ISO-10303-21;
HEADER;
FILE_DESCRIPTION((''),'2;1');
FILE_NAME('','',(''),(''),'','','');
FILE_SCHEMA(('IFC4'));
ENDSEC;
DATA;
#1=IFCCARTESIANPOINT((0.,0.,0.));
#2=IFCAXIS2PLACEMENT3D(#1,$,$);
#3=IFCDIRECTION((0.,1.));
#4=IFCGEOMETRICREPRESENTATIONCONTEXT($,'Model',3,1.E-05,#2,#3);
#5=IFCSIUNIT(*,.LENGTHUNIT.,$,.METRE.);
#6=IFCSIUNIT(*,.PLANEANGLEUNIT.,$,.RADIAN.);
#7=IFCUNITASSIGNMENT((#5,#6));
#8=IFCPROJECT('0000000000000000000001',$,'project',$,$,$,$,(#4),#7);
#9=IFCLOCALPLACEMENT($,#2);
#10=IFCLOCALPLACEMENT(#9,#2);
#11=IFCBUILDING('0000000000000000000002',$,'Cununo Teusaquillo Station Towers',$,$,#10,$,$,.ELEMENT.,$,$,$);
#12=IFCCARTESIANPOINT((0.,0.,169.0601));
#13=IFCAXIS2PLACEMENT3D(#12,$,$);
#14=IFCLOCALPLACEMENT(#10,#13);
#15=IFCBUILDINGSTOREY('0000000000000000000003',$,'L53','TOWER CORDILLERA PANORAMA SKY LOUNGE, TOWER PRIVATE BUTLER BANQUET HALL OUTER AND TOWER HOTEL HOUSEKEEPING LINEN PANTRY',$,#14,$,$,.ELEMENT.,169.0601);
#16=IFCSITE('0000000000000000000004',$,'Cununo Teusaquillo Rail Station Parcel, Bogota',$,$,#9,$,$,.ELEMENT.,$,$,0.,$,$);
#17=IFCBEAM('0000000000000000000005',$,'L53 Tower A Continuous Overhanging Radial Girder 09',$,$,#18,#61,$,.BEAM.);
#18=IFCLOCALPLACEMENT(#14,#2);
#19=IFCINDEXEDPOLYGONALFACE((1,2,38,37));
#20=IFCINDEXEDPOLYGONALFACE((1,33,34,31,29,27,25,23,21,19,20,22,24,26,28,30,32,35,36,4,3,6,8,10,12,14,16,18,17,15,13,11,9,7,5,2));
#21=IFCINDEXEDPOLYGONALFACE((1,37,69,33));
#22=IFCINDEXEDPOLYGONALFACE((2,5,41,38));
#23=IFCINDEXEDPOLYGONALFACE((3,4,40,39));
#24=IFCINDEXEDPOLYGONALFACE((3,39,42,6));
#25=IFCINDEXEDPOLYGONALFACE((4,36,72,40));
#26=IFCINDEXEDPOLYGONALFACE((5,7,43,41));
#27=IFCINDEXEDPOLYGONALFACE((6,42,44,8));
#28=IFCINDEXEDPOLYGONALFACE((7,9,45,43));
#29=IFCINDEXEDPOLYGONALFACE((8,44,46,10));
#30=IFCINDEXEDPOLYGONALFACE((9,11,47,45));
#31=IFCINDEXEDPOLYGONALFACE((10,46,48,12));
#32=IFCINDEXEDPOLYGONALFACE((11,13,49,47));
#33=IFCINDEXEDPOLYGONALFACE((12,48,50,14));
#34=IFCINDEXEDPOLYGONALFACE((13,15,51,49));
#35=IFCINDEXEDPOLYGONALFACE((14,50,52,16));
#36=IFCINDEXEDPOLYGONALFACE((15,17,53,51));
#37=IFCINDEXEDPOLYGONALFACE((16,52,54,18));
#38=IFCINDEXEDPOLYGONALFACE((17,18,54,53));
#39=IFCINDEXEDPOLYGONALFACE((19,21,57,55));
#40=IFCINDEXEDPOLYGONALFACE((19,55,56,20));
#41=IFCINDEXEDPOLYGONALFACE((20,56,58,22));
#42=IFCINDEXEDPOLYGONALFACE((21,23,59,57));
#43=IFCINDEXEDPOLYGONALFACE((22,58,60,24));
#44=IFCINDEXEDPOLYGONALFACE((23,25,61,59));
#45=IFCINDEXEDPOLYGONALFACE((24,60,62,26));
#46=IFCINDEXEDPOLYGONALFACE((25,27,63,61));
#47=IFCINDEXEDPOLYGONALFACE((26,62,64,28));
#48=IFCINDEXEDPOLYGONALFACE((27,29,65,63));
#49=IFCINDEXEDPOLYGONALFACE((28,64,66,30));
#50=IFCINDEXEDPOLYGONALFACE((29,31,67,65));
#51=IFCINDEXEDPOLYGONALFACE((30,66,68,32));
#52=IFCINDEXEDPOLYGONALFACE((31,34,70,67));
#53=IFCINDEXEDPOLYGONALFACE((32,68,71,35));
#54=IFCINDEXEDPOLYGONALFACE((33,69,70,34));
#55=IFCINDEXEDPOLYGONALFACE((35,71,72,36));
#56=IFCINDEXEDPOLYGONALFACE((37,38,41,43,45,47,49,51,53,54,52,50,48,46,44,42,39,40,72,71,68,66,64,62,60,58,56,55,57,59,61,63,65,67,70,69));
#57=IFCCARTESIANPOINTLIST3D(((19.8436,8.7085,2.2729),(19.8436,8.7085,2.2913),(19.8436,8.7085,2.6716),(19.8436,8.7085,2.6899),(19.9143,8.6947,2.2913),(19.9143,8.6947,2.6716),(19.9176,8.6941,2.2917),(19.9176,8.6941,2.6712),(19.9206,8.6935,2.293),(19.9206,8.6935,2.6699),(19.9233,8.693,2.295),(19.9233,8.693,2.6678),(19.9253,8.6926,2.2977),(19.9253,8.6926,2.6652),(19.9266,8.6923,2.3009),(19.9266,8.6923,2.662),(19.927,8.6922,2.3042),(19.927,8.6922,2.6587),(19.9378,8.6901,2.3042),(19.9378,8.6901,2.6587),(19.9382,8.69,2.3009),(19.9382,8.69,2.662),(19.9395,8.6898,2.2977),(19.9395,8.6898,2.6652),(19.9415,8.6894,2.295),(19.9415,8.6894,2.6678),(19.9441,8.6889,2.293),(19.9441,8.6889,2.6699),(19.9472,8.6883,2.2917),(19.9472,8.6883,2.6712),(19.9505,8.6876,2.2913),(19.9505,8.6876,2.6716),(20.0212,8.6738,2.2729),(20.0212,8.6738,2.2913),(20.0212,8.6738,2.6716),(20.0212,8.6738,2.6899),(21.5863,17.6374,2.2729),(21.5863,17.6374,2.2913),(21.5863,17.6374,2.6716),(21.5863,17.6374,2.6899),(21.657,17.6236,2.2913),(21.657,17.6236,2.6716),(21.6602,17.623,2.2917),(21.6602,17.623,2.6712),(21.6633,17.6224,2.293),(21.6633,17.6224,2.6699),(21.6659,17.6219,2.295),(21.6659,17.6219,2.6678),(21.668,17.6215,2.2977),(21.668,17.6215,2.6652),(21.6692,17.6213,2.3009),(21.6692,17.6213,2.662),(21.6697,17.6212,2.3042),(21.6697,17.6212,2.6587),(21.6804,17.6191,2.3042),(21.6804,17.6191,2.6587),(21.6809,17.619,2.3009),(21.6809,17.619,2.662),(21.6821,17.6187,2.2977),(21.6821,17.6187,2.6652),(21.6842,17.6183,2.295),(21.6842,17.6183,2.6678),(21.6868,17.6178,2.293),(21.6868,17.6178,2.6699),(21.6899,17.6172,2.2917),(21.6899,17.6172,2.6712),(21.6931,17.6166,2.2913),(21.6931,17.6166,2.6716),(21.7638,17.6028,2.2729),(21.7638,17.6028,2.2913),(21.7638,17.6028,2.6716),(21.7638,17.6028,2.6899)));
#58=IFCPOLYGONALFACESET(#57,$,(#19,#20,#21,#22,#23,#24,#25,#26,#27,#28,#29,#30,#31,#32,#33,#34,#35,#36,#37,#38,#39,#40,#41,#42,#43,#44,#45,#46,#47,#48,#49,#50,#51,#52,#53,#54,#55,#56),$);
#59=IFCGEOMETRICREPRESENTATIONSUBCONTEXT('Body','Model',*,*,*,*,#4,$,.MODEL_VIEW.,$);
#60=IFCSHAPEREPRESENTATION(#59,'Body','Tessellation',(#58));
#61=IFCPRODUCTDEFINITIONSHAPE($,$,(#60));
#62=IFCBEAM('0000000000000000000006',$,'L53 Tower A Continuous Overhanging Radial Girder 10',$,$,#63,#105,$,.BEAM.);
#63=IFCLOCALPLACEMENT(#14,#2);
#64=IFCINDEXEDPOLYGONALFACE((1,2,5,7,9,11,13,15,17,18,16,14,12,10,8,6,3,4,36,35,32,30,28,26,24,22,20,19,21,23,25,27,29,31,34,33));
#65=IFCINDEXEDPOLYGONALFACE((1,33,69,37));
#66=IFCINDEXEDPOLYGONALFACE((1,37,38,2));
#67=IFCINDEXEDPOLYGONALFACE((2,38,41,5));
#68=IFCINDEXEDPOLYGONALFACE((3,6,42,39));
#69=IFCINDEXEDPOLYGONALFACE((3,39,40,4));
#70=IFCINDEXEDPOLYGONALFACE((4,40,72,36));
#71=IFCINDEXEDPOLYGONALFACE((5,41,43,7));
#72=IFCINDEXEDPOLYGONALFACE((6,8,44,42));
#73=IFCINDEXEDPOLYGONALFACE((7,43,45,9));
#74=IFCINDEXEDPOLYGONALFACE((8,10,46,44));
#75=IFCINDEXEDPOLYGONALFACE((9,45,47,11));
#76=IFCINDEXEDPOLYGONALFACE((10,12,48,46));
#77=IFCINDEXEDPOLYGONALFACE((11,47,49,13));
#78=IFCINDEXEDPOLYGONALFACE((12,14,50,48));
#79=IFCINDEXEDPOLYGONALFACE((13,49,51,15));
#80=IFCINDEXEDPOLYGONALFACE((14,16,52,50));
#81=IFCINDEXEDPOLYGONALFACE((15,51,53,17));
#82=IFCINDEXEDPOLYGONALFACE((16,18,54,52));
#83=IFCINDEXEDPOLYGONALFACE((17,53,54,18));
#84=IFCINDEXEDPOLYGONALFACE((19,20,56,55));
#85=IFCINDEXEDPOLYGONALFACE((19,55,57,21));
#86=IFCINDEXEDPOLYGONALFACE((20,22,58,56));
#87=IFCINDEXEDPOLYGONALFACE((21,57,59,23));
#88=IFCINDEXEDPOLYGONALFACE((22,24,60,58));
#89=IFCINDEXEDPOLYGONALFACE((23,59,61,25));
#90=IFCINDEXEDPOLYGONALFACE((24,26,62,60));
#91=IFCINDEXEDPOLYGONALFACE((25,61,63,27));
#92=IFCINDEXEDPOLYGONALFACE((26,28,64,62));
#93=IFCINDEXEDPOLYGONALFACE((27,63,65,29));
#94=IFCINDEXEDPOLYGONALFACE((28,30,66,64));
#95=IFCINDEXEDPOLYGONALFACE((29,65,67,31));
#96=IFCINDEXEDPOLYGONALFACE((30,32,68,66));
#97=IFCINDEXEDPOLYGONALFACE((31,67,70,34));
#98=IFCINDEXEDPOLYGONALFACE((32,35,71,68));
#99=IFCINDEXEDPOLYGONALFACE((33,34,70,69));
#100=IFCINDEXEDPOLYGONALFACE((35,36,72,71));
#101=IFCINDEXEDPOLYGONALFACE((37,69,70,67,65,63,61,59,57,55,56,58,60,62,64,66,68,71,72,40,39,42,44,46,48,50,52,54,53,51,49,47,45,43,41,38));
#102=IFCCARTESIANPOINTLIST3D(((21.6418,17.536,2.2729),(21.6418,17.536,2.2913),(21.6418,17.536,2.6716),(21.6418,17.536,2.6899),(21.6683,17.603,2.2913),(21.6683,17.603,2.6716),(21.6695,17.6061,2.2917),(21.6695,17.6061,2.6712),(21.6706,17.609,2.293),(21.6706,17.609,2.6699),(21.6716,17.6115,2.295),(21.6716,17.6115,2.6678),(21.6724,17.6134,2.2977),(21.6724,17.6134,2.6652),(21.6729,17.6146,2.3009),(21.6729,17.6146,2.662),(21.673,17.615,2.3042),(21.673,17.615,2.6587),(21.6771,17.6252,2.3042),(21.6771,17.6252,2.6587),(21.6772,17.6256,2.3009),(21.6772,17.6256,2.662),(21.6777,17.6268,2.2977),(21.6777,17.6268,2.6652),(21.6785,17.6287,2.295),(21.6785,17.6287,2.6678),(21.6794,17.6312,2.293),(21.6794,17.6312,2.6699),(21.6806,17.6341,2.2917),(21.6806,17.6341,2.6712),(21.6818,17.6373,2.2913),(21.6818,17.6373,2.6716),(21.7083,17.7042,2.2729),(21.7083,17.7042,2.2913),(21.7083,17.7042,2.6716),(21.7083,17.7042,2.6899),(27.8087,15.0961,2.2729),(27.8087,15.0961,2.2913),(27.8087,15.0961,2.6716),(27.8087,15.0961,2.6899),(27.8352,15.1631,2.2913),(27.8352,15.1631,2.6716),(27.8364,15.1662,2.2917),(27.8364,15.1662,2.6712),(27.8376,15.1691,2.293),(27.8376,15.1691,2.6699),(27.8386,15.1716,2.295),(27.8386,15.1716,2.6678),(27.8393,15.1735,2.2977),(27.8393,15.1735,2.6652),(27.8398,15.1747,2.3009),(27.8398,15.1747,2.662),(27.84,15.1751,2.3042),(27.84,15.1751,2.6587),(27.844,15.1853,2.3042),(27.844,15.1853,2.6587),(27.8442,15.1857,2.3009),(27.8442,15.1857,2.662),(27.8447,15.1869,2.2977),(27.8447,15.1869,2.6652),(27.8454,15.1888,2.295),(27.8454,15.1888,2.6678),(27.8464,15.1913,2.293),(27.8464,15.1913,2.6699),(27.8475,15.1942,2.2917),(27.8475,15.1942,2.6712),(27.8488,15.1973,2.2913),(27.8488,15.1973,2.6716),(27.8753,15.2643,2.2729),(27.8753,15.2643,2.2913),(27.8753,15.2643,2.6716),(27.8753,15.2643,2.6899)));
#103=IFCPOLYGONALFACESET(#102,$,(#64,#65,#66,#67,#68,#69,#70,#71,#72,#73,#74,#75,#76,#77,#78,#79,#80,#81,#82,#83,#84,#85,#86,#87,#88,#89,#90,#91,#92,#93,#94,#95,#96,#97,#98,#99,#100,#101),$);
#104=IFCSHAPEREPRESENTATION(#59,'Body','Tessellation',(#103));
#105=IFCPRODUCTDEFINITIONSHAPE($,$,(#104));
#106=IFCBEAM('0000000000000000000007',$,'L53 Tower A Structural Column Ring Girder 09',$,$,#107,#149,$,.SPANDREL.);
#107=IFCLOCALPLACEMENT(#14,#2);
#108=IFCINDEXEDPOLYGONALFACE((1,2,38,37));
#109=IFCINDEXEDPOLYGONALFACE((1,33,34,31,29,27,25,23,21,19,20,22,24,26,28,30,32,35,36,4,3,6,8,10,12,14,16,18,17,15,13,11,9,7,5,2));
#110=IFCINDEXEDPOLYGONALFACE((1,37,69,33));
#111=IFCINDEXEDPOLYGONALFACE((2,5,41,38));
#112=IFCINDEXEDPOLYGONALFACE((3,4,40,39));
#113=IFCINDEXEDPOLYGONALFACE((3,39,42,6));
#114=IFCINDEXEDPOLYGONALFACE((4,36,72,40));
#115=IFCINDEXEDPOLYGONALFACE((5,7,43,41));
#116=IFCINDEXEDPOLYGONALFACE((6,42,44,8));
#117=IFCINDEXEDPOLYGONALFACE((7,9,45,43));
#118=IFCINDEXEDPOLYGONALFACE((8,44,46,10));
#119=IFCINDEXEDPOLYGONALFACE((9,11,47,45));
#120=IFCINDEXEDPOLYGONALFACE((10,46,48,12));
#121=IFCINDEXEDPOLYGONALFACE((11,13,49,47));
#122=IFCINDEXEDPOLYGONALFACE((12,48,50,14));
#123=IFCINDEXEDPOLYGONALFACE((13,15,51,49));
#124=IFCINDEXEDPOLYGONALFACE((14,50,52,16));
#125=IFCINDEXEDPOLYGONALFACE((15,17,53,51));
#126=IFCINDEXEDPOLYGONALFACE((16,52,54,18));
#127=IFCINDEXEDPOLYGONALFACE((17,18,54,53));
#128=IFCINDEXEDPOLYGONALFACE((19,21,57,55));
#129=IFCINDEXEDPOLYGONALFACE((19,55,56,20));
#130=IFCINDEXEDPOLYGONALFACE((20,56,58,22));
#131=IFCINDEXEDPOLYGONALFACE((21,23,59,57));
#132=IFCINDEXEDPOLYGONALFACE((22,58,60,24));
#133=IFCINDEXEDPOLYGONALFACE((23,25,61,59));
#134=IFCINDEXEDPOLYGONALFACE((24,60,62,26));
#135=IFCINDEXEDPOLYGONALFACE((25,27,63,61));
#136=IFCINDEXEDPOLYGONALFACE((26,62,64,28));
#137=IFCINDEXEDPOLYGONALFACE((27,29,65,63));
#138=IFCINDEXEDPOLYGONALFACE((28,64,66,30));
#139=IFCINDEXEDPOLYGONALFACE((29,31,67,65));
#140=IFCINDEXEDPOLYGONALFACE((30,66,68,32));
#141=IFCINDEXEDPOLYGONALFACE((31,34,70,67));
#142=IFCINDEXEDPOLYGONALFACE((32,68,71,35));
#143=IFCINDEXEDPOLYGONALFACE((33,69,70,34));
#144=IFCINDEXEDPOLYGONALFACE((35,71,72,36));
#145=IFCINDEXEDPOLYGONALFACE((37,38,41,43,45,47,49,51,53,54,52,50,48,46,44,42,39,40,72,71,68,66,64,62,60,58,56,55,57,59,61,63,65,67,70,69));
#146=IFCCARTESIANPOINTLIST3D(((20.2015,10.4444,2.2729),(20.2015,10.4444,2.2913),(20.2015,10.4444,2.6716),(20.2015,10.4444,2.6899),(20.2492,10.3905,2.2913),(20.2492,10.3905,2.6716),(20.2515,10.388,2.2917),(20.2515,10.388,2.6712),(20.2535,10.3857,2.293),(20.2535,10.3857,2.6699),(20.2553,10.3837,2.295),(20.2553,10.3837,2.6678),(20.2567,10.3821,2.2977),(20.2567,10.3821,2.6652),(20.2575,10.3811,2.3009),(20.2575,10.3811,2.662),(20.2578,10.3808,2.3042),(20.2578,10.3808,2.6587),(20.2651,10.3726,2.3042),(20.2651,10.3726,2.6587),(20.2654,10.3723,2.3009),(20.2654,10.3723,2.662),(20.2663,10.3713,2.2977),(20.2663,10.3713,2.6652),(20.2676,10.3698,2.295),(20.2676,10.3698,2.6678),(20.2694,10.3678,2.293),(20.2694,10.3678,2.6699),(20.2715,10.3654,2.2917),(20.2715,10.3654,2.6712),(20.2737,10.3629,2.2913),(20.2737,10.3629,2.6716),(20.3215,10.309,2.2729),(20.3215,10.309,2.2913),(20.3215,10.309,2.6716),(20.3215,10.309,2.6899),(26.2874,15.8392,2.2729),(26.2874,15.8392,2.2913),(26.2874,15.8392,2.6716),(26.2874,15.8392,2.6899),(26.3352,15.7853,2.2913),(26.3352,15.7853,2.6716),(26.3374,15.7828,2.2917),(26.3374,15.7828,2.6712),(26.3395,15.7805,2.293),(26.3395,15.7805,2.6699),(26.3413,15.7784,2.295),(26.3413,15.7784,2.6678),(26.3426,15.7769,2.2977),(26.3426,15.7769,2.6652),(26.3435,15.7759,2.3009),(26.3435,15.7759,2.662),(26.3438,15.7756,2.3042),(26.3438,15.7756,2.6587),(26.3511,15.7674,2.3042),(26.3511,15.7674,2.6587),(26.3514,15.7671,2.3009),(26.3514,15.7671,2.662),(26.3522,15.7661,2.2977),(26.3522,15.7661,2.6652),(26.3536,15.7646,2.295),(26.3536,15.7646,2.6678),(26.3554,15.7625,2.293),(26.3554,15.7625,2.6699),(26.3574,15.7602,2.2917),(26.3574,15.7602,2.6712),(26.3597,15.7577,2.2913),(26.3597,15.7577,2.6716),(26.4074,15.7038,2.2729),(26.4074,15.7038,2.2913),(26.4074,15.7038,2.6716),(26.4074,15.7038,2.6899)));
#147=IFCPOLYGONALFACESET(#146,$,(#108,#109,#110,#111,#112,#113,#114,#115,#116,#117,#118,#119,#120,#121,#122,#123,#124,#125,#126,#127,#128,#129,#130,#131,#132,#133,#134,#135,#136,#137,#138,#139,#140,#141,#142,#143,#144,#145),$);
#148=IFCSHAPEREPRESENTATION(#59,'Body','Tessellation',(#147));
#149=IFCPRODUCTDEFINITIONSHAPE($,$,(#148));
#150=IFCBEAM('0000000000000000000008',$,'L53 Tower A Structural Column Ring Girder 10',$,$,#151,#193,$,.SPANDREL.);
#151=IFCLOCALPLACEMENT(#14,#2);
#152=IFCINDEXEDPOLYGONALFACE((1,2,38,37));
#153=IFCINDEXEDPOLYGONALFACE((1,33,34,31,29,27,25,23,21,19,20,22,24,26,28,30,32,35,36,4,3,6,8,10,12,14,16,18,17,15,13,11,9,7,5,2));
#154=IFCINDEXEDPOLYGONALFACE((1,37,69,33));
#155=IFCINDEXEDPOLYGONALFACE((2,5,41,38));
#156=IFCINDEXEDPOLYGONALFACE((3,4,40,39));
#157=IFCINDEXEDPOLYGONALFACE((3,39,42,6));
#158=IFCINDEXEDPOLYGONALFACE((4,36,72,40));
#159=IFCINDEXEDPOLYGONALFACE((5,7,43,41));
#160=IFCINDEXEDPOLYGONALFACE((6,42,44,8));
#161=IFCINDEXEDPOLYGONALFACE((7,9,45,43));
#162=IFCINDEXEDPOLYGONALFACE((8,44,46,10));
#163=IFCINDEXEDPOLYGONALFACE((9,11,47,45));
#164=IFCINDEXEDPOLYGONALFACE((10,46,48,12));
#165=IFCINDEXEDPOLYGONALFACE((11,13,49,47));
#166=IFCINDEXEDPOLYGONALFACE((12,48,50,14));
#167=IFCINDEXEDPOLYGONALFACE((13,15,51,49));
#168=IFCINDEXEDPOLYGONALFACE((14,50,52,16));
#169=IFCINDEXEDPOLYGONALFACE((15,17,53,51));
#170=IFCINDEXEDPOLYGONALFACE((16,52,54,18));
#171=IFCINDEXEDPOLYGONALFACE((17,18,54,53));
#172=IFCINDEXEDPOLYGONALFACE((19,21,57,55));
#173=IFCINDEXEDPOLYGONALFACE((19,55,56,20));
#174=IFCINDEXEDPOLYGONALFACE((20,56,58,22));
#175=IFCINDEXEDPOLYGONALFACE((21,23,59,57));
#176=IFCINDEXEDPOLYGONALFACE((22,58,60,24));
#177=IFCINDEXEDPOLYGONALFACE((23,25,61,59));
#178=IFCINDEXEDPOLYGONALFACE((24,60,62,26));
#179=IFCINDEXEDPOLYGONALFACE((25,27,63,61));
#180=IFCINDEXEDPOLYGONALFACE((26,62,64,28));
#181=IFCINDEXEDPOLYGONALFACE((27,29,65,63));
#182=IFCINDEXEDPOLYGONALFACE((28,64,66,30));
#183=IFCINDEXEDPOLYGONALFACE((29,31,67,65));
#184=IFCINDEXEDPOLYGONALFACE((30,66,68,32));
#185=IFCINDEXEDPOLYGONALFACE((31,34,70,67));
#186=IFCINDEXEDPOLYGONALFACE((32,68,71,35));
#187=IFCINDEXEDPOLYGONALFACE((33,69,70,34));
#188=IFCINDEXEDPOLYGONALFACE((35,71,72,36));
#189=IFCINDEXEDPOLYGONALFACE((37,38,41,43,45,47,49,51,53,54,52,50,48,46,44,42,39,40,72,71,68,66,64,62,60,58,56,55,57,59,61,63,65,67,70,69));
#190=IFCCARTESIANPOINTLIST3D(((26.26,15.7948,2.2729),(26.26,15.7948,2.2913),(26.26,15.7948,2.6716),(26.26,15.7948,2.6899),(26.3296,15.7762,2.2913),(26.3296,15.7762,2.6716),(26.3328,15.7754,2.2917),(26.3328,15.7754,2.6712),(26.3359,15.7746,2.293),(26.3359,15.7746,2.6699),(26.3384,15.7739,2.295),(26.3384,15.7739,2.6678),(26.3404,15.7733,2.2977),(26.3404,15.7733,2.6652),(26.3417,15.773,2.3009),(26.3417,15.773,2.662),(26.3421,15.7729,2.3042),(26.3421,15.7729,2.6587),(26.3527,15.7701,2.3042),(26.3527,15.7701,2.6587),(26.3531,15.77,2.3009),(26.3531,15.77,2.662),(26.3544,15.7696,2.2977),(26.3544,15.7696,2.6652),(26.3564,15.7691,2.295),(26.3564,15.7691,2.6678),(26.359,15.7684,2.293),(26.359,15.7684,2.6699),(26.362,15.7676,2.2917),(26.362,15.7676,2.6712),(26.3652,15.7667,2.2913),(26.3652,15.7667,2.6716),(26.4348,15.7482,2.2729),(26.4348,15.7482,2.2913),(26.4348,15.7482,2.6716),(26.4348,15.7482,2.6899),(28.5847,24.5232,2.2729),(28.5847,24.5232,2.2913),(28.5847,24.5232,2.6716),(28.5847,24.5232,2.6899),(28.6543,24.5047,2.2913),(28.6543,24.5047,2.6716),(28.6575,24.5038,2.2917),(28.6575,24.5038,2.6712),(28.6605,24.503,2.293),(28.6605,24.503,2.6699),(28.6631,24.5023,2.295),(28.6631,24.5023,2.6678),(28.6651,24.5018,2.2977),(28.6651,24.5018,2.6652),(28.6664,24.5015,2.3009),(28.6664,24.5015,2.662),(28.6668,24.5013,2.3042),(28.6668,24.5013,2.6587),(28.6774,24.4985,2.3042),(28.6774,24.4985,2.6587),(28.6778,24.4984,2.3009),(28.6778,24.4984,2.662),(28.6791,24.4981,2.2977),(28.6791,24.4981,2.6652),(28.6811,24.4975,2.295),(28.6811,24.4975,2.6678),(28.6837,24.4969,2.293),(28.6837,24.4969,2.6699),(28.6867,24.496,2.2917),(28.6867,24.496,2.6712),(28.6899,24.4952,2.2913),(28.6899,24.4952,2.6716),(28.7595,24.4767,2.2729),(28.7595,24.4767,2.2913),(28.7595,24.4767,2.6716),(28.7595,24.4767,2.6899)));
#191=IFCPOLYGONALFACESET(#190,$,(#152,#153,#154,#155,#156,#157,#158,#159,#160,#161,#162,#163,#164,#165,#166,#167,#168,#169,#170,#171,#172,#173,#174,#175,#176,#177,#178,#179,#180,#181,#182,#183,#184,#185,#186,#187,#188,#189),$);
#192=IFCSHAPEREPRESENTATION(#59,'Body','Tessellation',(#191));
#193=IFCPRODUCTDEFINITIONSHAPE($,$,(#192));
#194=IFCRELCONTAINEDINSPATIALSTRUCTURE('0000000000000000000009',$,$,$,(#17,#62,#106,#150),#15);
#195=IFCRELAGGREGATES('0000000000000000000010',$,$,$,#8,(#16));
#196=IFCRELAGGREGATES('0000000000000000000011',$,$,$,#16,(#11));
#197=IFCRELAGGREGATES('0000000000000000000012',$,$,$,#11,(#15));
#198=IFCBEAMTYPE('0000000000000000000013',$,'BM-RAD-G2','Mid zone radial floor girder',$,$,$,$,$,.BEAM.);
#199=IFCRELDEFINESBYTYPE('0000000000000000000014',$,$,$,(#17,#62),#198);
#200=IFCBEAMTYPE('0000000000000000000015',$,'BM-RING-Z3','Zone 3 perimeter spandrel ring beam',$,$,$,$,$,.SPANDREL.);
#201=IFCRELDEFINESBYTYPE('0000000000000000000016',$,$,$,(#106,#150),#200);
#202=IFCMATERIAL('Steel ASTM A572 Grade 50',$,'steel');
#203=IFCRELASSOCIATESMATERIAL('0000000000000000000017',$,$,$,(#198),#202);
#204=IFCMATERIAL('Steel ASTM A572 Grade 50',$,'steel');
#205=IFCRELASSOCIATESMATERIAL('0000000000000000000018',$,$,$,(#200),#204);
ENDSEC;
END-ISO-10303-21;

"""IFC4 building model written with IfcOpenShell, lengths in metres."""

from ifc_helpers import new_model, si_unit, direction, frame, origin, origin_2d, place, context, subcontext, project, spatial, i_section, extrude, material, material_profile, profile_set, type_object, element, save


model = new_model("IFC4")

# Units and contexts
model_context = context("Model", 3, precision=1e-05, world=origin(), true_north=direction((0.0, 1.0)))
body_context = subcontext(model_context, "Body", "Model", "MODEL_VIEW")
ifc_project = project(units=[si_unit("LENGTHUNIT", "METRE"), si_unit("PLANEANGLEUNIT", "RADIAN")], contexts=[model_context])

# Site, building, storey
site_placement = place(None, origin())
site = spatial("IfcSite", under=ifc_project, at=site_placement, Name="Cununo Teusaquillo Rail Station Parcel, Bogota", CompositionType="ELEMENT", RefElevation=0.0)
building_placement = place(site_placement, origin())
building = spatial("IfcBuilding", under=site, at=building_placement, Name="Cununo Teusaquillo Station Towers", CompositionType="ELEMENT")
storey_placement = place(building_placement, frame((0.0, 0.0, 169.0601)))
storey = spatial("IfcBuildingStorey", under=building, at=storey_placement, Name="L53", Description="TOWER CORDILLERA PANORAMA SKY LOUNGE, TOWER PRIVATE BUTLER BANQUET HALL OUTER AND TOWER HOTEL HOUSEKEEPING LINEN PANTRY", CompositionType="ELEMENT", Elevation=169.0601)

# Beams
ifc_material_1 = material(Name="Steel ASTM A572 Grade 50", Category="steel")
ifc_material_profile_1 = material_profile(ifc_material_1, i_section(OverallWidth=0.1809, OverallDepth=0.417, WebThickness=0.011, FlangeThickness=0.0183, FilletRadius=0.0129, at=origin_2d()), Name="W16X57")
ifc_profile_set_1 = profile_set([ifc_material_profile_1], Name="Steel ASTM A572 Grade 50")
beam_type_1 = type_object("IfcBeamType", Name="BM-RAD-G2", Description="Mid zone radial floor girder", PredefinedType="BEAM", material=ifc_profile_set_1)
beam_1_placement = place(storey_placement, frame((21.675, 17.6201, 2.4814), z_axis=(-0.191557, -0.981481, 0.0), x_axis=(0.981481, -0.191557, 0.0)))
element("IfcBeam", 1, at=beam_1_placement, inside=storey, type_object=beam_type_1, Name="L53 Tower A Continuous Overhanging Radial Girder 09", PredefinedType="BEAM", context=body_context, shape_type="SweptSolid", body=[
    extrude(i_section(OverallWidth=0.1809, OverallDepth=0.417, WebThickness=0.011, FlangeThickness=0.0183, FilletRadius=0.0129, at=origin_2d()), origin(), (0.0, 0.0, 1.0), 9.0974),
])
beam_2_placement = place(storey_placement, frame((21.675, 17.6201, 2.4814), z_axis=(0.929866, -0.367897, 0.0), x_axis=(0.367897, 0.929866, 0.0)))
element("IfcBeam", 2, at=beam_2_placement, inside=storey, type_object=beam_type_1, Name="L53 Tower A Continuous Overhanging Radial Girder 10", PredefinedType="BEAM", context=body_context, shape_type="SweptSolid", body=[
    extrude(i_section(OverallWidth=0.1809, OverallDepth=0.417, WebThickness=0.011, FlangeThickness=0.0183, FilletRadius=0.0129, at=origin_2d()), origin(), (0.0, 0.0, 1.0), 6.6321),
])
ifc_material_2 = material(Name="Steel ASTM A572 Grade 50", Category="steel")
ifc_material_profile_2 = material_profile(ifc_material_2, i_section(OverallWidth=0.1809, OverallDepth=0.417, WebThickness=0.011, FlangeThickness=0.0183, FilletRadius=0.0129, at=origin_2d()), Name="W16X57")
ifc_profile_set_2 = profile_set([ifc_material_profile_2], Name="Steel ASTM A572 Grade 50")
beam_type_2 = type_object("IfcBeamType", Name="BM-RING-Z3", Description="Zone 3 perimeter spandrel ring beam", PredefinedType="SPANDREL", material=ifc_profile_set_2)
beam_3_placement = place(storey_placement, frame((20.2615, 10.3767, 2.4814), z_axis=(0.748321, 0.663337, 0.0), x_axis=(-0.663337, 0.748321, 0.0)))
element("IfcBeam", 3, at=beam_3_placement, inside=storey, type_object=beam_type_2, Name="L53 Tower A Structural Column Ring Girder 09", PredefinedType="SPANDREL", context=body_context, shape_type="SweptSolid", body=[
    extrude(i_section(OverallWidth=0.1809, OverallDepth=0.417, WebThickness=0.011, FlangeThickness=0.0183, FilletRadius=0.0129, at=origin_2d()), origin(), (0.0, 0.0, 1.0), 8.1328),
])
beam_4_placement = place(storey_placement, frame((26.3474, 15.7715, 2.4814), z_axis=(0.257363, 0.966315, 0.0), x_axis=(-0.966315, 0.257363, 0.0)))
element("IfcBeam", 4, at=beam_4_placement, inside=storey, type_object=beam_type_2, Name="L53 Tower A Structural Column Ring Girder 10", PredefinedType="SPANDREL", context=body_context, shape_type="SweptSolid", body=[
    extrude(i_section(OverallWidth=0.1809, OverallDepth=0.417, WebThickness=0.011, FlangeThickness=0.0183, FilletRadius=0.0129, at=origin_2d()), origin(), (0.0, 0.0, 1.0), 9.0327),
])

save(model, "model.ifc")
